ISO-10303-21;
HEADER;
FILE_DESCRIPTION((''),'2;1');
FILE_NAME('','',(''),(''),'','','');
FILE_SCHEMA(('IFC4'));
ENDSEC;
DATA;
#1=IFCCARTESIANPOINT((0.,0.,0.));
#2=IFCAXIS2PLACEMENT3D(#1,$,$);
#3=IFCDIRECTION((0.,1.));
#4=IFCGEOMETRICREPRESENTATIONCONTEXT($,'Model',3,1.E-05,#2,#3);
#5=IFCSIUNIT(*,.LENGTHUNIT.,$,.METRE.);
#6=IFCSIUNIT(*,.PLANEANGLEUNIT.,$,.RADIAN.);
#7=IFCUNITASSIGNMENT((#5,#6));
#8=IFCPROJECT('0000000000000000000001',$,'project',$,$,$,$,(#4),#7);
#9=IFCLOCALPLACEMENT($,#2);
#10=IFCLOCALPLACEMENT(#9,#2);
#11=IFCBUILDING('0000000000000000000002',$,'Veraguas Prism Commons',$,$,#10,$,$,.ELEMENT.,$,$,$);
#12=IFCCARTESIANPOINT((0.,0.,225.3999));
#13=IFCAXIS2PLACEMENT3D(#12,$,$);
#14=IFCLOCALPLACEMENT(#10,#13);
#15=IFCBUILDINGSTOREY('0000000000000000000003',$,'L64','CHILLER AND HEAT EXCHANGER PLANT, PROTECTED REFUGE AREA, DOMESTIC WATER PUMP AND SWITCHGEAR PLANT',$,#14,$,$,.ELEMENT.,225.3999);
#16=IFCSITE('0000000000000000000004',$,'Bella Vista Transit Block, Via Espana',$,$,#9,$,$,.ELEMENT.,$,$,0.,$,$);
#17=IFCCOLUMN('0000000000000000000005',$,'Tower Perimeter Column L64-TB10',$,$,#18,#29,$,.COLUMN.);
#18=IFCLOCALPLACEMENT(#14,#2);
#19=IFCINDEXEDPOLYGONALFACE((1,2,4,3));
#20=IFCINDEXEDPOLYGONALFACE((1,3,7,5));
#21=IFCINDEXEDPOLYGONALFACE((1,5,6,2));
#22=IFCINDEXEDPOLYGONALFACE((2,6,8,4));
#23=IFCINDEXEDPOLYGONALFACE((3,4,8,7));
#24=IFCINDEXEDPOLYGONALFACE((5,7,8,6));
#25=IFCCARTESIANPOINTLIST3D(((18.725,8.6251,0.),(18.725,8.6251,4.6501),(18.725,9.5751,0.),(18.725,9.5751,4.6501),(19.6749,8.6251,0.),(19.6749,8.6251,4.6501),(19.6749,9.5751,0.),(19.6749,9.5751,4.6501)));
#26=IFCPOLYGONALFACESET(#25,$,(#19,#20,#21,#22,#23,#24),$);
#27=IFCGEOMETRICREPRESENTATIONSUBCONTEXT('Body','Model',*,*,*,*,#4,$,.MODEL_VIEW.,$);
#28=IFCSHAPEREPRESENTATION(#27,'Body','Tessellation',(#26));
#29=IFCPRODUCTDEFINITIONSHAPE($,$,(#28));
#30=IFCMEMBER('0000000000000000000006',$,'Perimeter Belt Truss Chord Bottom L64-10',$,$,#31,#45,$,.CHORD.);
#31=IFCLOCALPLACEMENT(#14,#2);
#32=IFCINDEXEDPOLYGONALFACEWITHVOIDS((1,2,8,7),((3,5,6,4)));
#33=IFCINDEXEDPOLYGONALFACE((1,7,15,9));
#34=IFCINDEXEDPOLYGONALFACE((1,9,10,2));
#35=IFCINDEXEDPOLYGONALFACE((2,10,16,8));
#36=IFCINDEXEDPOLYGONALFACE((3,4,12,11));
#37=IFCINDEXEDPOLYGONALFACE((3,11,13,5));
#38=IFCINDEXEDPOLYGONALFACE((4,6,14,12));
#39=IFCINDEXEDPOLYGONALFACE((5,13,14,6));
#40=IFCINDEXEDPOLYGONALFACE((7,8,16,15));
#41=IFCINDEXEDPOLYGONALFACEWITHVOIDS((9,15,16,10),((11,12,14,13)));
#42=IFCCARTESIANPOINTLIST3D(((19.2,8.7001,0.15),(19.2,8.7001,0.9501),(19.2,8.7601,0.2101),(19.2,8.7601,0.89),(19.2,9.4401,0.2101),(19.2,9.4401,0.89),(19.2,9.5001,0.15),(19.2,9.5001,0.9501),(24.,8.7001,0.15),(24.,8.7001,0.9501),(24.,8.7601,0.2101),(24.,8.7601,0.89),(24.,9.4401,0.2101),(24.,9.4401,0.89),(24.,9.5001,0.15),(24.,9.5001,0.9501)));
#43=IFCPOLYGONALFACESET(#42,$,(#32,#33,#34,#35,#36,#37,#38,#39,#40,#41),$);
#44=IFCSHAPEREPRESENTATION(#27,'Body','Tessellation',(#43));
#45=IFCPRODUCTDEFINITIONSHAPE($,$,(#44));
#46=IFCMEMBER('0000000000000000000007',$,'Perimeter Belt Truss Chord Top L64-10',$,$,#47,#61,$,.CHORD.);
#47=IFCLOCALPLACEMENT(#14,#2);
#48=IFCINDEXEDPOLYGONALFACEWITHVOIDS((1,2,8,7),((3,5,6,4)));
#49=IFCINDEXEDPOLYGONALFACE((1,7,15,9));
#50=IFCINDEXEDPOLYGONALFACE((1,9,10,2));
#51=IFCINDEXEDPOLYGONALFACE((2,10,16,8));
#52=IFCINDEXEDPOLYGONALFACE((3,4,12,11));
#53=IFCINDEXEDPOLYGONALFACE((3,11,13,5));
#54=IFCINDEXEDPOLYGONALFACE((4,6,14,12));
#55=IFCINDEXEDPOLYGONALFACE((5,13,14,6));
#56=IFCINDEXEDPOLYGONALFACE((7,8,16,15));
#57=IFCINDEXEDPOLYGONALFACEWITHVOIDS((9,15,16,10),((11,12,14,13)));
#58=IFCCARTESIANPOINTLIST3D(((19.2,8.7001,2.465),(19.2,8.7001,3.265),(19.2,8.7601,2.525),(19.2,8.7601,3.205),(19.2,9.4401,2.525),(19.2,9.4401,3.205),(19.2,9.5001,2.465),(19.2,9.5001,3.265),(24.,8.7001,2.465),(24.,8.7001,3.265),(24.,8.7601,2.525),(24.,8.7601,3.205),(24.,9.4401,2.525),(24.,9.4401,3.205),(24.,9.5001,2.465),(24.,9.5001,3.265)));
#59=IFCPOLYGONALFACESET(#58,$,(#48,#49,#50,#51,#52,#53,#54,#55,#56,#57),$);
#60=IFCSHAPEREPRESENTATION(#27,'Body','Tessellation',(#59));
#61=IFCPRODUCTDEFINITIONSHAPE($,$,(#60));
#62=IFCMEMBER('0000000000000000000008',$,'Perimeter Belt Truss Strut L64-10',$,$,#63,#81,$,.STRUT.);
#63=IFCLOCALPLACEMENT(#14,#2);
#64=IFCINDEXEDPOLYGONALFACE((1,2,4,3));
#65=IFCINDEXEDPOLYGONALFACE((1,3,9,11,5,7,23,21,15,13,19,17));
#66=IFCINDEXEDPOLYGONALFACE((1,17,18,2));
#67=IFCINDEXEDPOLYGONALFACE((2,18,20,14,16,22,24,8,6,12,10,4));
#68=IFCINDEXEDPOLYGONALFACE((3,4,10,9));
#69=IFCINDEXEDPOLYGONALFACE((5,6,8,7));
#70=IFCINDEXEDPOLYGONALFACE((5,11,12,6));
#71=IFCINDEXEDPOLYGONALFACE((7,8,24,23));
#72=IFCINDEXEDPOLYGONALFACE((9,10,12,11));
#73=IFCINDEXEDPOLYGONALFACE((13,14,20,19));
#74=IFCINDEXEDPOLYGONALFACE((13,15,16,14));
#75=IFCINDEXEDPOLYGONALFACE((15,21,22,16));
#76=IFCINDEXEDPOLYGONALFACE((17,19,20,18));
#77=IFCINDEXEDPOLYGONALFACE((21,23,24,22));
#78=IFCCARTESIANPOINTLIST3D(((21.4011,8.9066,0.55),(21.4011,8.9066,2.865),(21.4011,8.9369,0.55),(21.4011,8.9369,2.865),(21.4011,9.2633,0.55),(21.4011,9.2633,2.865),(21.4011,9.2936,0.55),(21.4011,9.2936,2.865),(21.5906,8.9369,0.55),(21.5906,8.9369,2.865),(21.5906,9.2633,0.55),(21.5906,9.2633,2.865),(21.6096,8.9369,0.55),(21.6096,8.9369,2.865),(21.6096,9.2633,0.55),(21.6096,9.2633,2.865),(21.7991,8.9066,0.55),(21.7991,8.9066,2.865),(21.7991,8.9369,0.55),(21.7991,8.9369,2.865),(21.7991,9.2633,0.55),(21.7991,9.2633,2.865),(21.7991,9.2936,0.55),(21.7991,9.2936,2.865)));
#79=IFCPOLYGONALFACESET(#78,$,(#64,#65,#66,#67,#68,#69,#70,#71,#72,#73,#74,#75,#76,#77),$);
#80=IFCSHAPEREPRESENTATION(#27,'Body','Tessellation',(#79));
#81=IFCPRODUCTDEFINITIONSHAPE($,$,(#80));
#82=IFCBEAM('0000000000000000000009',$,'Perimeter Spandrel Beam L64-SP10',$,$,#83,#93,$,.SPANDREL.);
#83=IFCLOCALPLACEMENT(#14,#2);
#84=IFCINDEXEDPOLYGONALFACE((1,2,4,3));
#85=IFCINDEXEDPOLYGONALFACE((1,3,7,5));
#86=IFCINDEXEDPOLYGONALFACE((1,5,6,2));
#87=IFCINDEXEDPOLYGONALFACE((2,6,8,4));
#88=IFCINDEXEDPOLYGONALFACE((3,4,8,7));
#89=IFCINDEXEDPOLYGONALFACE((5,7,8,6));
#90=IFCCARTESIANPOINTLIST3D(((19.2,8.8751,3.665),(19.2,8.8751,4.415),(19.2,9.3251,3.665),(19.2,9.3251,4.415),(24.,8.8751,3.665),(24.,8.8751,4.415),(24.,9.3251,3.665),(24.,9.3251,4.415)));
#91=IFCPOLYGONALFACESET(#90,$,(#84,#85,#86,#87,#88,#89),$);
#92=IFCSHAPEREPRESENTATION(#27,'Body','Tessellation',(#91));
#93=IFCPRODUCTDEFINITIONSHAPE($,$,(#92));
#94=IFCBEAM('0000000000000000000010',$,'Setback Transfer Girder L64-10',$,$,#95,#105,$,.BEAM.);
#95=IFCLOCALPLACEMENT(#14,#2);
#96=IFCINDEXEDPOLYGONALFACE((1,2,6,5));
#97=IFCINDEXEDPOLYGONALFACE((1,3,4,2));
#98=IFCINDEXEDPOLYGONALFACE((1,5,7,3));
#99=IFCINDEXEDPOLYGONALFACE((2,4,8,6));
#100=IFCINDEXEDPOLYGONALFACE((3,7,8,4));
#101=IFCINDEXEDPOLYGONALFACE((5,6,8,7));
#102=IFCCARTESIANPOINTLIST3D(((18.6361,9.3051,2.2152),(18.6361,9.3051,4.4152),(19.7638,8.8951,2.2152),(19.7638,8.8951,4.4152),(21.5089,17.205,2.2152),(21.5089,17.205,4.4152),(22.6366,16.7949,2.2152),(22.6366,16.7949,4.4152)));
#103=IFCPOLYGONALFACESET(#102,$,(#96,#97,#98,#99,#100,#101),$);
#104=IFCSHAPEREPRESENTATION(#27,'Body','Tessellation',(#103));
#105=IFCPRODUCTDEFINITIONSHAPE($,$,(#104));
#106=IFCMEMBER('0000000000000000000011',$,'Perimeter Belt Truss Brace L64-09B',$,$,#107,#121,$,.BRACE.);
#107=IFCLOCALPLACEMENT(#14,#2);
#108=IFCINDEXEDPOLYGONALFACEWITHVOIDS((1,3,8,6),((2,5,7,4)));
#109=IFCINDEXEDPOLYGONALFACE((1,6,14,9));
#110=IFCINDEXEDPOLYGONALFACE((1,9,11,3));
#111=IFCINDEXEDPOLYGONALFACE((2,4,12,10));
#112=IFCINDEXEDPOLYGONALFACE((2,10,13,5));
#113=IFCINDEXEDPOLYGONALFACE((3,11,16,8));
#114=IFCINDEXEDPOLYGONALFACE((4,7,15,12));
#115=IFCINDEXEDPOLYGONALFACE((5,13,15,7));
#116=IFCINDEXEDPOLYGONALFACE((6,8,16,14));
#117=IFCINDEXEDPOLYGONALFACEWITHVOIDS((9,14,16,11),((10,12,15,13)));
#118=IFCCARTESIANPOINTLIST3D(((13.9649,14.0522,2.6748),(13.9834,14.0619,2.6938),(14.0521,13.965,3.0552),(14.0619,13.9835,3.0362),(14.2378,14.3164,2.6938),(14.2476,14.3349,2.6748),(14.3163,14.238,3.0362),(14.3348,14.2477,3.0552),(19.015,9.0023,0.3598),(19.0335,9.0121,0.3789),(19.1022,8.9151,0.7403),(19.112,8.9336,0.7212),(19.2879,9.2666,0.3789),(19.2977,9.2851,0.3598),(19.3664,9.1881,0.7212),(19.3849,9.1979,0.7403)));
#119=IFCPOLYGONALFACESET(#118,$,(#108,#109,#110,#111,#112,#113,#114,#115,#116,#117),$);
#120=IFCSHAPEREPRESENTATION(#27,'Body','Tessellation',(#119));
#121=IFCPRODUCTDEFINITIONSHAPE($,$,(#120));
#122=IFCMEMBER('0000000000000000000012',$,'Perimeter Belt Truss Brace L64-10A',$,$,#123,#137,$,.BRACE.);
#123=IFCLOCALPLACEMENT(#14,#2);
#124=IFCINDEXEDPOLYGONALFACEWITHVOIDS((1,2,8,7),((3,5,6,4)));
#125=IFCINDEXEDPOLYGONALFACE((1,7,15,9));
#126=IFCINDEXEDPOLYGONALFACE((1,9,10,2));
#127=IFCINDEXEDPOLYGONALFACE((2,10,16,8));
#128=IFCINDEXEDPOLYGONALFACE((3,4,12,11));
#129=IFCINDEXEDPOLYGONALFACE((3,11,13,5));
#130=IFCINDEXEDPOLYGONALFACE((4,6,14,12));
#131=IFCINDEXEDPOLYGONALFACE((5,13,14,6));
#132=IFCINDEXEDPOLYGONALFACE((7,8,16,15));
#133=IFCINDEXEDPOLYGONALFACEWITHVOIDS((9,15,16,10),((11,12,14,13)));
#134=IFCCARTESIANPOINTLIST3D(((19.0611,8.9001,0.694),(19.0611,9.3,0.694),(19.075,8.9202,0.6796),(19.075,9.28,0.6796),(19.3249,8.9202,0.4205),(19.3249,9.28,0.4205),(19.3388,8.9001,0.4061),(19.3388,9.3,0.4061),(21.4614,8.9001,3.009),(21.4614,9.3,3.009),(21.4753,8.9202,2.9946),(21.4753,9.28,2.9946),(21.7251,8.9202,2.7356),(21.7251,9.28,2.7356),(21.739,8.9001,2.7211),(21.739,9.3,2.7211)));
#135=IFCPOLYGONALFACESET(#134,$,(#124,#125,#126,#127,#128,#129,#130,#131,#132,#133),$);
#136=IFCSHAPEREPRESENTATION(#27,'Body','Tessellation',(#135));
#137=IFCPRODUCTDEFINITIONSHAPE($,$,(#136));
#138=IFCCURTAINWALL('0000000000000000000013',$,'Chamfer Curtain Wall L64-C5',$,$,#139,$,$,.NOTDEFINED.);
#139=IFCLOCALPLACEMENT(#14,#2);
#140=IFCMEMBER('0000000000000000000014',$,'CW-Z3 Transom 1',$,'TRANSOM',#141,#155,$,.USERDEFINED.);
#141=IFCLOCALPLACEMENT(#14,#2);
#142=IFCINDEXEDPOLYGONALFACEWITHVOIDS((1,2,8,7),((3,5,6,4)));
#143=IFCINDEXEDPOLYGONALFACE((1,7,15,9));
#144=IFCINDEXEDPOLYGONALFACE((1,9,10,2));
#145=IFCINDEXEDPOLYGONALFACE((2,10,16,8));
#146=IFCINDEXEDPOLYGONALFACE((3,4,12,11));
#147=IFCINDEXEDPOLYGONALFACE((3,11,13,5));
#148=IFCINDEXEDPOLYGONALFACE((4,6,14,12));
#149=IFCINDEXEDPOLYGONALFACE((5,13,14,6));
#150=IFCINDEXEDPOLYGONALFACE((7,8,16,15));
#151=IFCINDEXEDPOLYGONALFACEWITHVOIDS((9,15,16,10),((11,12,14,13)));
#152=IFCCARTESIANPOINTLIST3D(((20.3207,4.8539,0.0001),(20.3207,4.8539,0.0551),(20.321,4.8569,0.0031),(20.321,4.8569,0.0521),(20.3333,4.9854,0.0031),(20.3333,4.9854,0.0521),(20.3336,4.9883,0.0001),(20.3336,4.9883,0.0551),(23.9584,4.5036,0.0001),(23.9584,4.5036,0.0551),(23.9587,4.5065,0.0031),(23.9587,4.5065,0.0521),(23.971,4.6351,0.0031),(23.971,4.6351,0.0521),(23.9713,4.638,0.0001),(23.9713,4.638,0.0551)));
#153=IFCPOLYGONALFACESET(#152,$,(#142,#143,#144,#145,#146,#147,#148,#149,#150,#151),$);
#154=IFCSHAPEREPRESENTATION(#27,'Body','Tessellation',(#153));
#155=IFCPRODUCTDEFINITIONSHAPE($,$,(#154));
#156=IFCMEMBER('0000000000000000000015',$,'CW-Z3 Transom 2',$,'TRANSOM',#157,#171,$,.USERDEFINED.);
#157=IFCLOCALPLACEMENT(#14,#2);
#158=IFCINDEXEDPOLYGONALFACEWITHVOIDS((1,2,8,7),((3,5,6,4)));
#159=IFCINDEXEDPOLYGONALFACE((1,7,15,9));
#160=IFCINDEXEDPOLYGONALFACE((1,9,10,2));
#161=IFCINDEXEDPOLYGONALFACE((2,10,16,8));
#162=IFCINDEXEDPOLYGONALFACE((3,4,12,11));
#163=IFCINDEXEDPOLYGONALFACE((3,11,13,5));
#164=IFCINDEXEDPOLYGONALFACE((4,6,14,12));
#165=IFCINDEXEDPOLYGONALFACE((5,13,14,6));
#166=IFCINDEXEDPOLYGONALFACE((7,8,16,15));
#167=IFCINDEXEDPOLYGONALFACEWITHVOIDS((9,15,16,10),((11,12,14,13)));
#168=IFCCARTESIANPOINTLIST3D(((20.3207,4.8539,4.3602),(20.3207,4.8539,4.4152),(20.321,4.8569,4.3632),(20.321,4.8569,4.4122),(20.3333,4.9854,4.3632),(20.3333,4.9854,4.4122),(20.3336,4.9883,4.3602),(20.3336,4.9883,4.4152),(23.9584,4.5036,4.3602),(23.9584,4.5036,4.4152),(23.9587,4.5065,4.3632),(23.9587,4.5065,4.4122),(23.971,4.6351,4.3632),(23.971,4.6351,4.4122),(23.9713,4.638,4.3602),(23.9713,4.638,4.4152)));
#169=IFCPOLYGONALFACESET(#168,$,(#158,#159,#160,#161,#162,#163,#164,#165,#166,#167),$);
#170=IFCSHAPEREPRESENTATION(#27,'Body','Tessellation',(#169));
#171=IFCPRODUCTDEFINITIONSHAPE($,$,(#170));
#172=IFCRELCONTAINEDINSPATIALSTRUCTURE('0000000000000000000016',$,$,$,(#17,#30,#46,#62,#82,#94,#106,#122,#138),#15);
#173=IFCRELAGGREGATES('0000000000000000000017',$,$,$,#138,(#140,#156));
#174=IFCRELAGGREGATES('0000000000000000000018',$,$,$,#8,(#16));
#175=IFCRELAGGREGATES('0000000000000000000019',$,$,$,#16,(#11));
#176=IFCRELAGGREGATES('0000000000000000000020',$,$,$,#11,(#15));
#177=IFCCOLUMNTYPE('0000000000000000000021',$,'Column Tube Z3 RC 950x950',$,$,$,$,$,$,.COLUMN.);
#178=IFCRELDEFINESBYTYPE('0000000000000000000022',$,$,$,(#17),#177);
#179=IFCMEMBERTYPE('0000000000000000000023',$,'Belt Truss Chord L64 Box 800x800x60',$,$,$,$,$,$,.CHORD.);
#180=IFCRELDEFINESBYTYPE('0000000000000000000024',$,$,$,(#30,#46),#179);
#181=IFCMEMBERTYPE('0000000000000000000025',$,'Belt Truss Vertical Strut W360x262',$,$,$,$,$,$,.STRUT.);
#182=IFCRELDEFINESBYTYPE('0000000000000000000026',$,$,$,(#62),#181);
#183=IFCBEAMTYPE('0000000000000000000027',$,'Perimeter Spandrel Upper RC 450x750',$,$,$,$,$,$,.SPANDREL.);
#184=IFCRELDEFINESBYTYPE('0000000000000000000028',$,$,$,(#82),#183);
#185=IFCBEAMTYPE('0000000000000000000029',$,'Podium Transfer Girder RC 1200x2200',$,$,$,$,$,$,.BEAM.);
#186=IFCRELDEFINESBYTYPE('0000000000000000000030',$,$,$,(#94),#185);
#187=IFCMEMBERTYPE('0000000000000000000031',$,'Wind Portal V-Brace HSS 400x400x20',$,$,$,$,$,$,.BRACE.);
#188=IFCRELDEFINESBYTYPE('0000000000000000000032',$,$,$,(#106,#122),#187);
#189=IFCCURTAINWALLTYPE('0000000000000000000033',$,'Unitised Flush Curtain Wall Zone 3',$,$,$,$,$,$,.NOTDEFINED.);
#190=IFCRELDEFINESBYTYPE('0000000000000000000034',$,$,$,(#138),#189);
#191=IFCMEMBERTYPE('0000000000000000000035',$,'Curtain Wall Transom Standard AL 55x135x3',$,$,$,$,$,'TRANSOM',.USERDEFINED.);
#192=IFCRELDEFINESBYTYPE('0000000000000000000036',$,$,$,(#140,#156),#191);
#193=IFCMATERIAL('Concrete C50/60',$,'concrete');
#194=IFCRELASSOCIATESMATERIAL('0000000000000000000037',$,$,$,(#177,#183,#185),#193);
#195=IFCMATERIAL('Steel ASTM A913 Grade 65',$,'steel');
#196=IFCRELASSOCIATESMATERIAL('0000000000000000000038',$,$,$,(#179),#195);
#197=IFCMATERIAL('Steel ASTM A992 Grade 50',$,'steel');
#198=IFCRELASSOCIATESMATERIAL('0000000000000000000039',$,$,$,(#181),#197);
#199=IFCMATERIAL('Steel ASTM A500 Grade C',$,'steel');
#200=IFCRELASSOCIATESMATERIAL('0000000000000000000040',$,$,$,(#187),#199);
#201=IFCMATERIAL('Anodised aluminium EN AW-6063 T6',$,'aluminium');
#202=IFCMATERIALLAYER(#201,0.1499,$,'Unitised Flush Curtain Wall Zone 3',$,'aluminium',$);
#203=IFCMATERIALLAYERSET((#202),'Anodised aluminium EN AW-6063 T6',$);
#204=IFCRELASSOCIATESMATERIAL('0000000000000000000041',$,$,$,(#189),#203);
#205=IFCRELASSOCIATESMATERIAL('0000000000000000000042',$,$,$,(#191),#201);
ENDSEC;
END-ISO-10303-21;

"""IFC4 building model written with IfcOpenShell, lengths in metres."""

from ifc_helpers import new_model, si_unit, direction, frame, origin, origin_2d, place, context, subcontext, project, spatial, rectangle, hollow_rectangle, i_section, extrude, source, transform, mapped, material, layer, layer_set, material_profile, profile_set, type_object, element, aggregate, save


model = new_model("IFC4")

# Units and contexts
model_context = context("Model", 3, precision=1e-05, world=origin(), true_north=direction((0.0, 1.0)))
body_context = subcontext(model_context, "Body", "Model", "MODEL_VIEW")
ifc_project = project(units=[si_unit("LENGTHUNIT", "METRE"), si_unit("PLANEANGLEUNIT", "RADIAN")], contexts=[model_context])

# Site, building, storey
site_placement = place(None, origin())
site = spatial("IfcSite", under=ifc_project, at=site_placement, Name="Bella Vista Transit Block, Via Espana", CompositionType="ELEMENT", RefElevation=0.0)
building_placement = place(site_placement, origin())
building = spatial("IfcBuilding", under=site, at=building_placement, Name="Veraguas Prism Commons", CompositionType="ELEMENT")
storey_placement = place(building_placement, frame((0.0, 0.0, 225.3999)))
storey = spatial("IfcBuildingStorey", under=building, at=storey_placement, Name="L64", Description="CHILLER AND HEAT EXCHANGER PLANT, PROTECTED REFUGE AREA, DOMESTIC WATER PUMP AND SWITCHGEAR PLANT", CompositionType="ELEMENT", Elevation=225.3999)

# Column
ifc_material_1 = material(Name="Concrete C50/60", Category="concrete")
ifc_material_profile_1 = material_profile(ifc_material_1, rectangle(XDim=0.95, YDim=0.95, at=origin_2d()), Name="RC950X950")
ifc_profile_set_1 = profile_set([ifc_material_profile_1], Name="Concrete C50/60")
column_type = type_object("IfcColumnType", Name="Column Tube Z3 RC 950x950", PredefinedType="COLUMN", material=ifc_profile_set_1)
column_placement = place(storey_placement, frame((19.2, 9.1001, 0.0), z_axis=(0.0, 0.0, 1.0), x_axis=(1.0, 0.0, 0.0)))
element("IfcColumn", 1, at=column_placement, inside=storey, type_object=column_type, Name="Tower Perimeter Column L64-TB10", PredefinedType="COLUMN", context=body_context, shape_type="SweptSolid", body=[
    extrude(rectangle(XDim=0.95, YDim=0.95, at=origin_2d()), origin(), (0.0, 0.0, 1.0), 4.6501),
])

# Members
ifc_material_2 = material(Name="Steel ASTM A913 Grade 65", Category="steel")
ifc_material_profile_2 = material_profile(ifc_material_2, hollow_rectangle(XDim=0.8, YDim=0.8, WallThickness=0.0601, at=origin_2d()), Name="BOX800X800X60")
ifc_profile_set_2 = profile_set([ifc_material_profile_2], Name="Steel ASTM A913 Grade 65")
member_type_1 = type_object("IfcMemberType", Name="Belt Truss Chord L64 Box 800x800x60", PredefinedType="CHORD", material=ifc_profile_set_2)
for number, where, z_axis, x_axis, name in (
    (2, (19.2, 9.1001, 0.55), (1.0, 0.0, 0.0), (0.0, 1.0, 0.0), "Perimeter Belt Truss Chord Bottom L64-10"),
    (3, (19.2, 9.1001, 2.865), (1.0, 0.0, 0.0), (0.0, 1.0, 0.0), "Perimeter Belt Truss Chord Top L64-10"),
):
    element("IfcMember", number, at=place(storey_placement, frame(where, z_axis=z_axis, x_axis=x_axis)), inside=storey, type_object=member_type_1, Name=name, PredefinedType="CHORD", context=body_context, shape_type="SweptSolid", body=[
        extrude(hollow_rectangle(XDim=0.8, YDim=0.8, WallThickness=0.0601, at=origin_2d()), origin(), (0.0, 0.0, 1.0), 4.8),
    ])
ifc_material_3 = material(Name="Steel ASTM A992 Grade 50", Category="steel")
ifc_material_profile_3 = material_profile(ifc_material_3, i_section(OverallWidth=0.3979, OverallDepth=0.387, WebThickness=0.019, FlangeThickness=0.0303, at=origin_2d()), Name="W360X262")
ifc_profile_set_3 = profile_set([ifc_material_profile_3], Name="Steel ASTM A992 Grade 50")
member_type_2 = type_object("IfcMemberType", Name="Belt Truss Vertical Strut W360x262", PredefinedType="STRUT", material=ifc_profile_set_3)
member_1_placement = place(storey_placement, frame((21.6001, 9.1001, 0.55), z_axis=(0.0, 0.0, 1.0), x_axis=(1.0, 0.0, 0.0)))
element("IfcMember", 4, at=member_1_placement, inside=storey, type_object=member_type_2, Name="Perimeter Belt Truss Strut L64-10", PredefinedType="STRUT", context=body_context, shape_type="SweptSolid", body=[
    extrude(i_section(OverallWidth=0.3979, OverallDepth=0.387, WebThickness=0.019, FlangeThickness=0.0303, at=origin_2d()), origin(), (0.0, 0.0, 1.0), 2.3149),
])

# Beams
ifc_material_profile_4 = material_profile(ifc_material_1, rectangle(XDim=0.45, YDim=0.75, at=origin_2d()), Name="RC450X750")
ifc_profile_set_4 = profile_set([ifc_material_profile_4], Name="Concrete C50/60")
beam_type_1 = type_object("IfcBeamType", Name="Perimeter Spandrel Upper RC 450x750", PredefinedType="SPANDREL", material=ifc_profile_set_4)
beam_1_placement = place(storey_placement, frame((19.2, 9.1001, 4.04), z_axis=(1.0, 0.0, 0.0), x_axis=(0.0, 1.0, 0.0)))
element("IfcBeam", 5, at=beam_1_placement, inside=storey, type_object=beam_type_1, Name="Perimeter Spandrel Beam L64-SP10", PredefinedType="SPANDREL", context=body_context, shape_type="SweptSolid", body=[
    extrude(rectangle(XDim=0.45, YDim=0.75, at=origin_2d()), origin(), (0.0, 0.0, 1.0), 4.8),
])
ifc_material_profile_5 = material_profile(ifc_material_1, rectangle(XDim=1.2, YDim=2.2, at=origin_2d()), Name="RC1200X2200")
ifc_profile_set_5 = profile_set([ifc_material_profile_5], Name="Concrete C50/60")
beam_type_2 = type_object("IfcBeamType", Name="Podium Transfer Girder RC 1200x2200", PredefinedType="BEAM", material=ifc_profile_set_5)
beam_2_placement = place(storey_placement, frame((19.2, 9.1001, 3.3152), z_axis=(0.341755, 0.939789, 0.0), x_axis=(-0.939789, 0.341755, 0.0)))
element("IfcBeam", 6, at=beam_2_placement, inside=storey, type_object=beam_type_2, Name="Setback Transfer Girder L64-10", PredefinedType="BEAM", context=body_context, shape_type="SweptSolid", body=[
    extrude(rectangle(XDim=1.2, YDim=2.2, at=origin_2d()), origin(), (0.0, 0.0, 1.0), 8.406),
])

# Members
ifc_material_4 = material(Name="Steel ASTM A500 Grade C", Category="steel")
ifc_material_profile_6 = material_profile(ifc_material_4, hollow_rectangle(XDim=0.3999, YDim=0.3999, WallThickness=0.02, at=origin_2d()), Name="HSS400X400X20")
ifc_profile_set_6 = profile_set([ifc_material_profile_6], Name="Steel ASTM A500 Grade C")
member_type_3 = type_object("IfcMemberType", Name="Wind Portal V-Brace HSS 400x400x20", PredefinedType="BRACE", material=ifc_profile_set_6)
member_2_placement = place(storey_placement, frame((19.2, 9.1001, 0.55), z_axis=(-0.672668, 0.672635, 0.308351), x_axis=(-0.70709, -0.707124, 0.0)))
element("IfcMember", 7, at=member_2_placement, inside=storey, type_object=member_type_3, Name="Perimeter Belt Truss Brace L64-09B", PredefinedType="BRACE", context=body_context, shape_type="SweptSolid", body=[
    extrude(hollow_rectangle(XDim=0.3999, YDim=0.3999, WallThickness=0.02, at=origin_2d()), origin(), (0.0, 0.0, 1.0), 7.5076),
])
member_3_placement = place(storey_placement, frame((19.2, 9.1001, 0.55), z_axis=(0.719767, 0.0, 0.694216), x_axis=(0.0, 1.0, 0.0)))
element("IfcMember", 8, at=member_3_placement, inside=storey, type_object=member_type_3, Name="Perimeter Belt Truss Brace L64-10A", PredefinedType="BRACE", context=body_context, shape_type="SweptSolid", body=[
    extrude(hollow_rectangle(XDim=0.3999, YDim=0.3999, WallThickness=0.02, at=origin_2d()), origin(), (0.0, 0.0, 1.0), 3.3347),
])

# Curtain wall, members
ifc_material_5 = material(Name="Anodised aluminium EN AW-6063 T6", Category="aluminium")
ifc_layer_1 = layer(ifc_material_5, 0.1499, Name="Unitised Flush Curtain Wall Zone 3", Category="aluminium")
ifc_layer_set_1 = layer_set([ifc_layer_1], Name="Anodised aluminium EN AW-6063 T6")
curtain_wall_type = type_object("IfcCurtainWallType", Name="Unitised Flush Curtain Wall Zone 3", PredefinedType="NOTDEFINED", material=ifc_layer_set_1)
curtain_wall_1_placement = place(storey_placement, origin())
curtain_wall_1 = element("IfcCurtainWall", 9, at=curtain_wall_1_placement, inside=storey, type_object=curtain_wall_type, Name="Chamfer Curtain Wall L64-C5", PredefinedType="NOTDEFINED")
ifc_material_profile_7 = material_profile(ifc_material_5, hollow_rectangle(XDim=0.0549, YDim=0.135, WallThickness=0.0029, at=origin_2d()), Name="AL55X135X3")
ifc_profile_set_7 = profile_set([ifc_material_profile_7], Name="Anodised aluminium EN AW-6063 T6")
member_type_4 = type_object("IfcMemberType", Name="Curtain Wall Transom Standard AL 55x135x3", ElementType="TRANSOM", PredefinedType="USERDEFINED", material=ifc_profile_set_7)
shared_shape_1 = source(origin(), body_context, "Body", "SweptSolid", [
    extrude(hollow_rectangle(XDim=0.0549, YDim=0.135, WallThickness=0.0029, at=origin_2d()), origin(), (0.0, 0.0, 1.0), 3.6545),
])
member_4_placement = place(storey_placement, frame((20.3271, 4.9211, 0.0276), z_axis=(0.995394, -0.095865, 0.0), x_axis=(0.0, 0.0, 1.0)))
member_4 = element("IfcMember", 10, at=member_4_placement, type_object=member_type_4, Name="CW-Z3 Transom 1", ObjectType="TRANSOM", PredefinedType="USERDEFINED", context=body_context, shape_type="MappedRepresentation", body=[
    mapped(shared_shape_1, transform((0.0, 0.0, 0.0), scale=1.0)),
])
member_5_placement = place(storey_placement, frame((20.3271, 4.9211, 4.3877), z_axis=(0.995394, -0.095865, 0.0), x_axis=(0.0, 0.0, 1.0)))
member_5 = element("IfcMember", 11, at=member_5_placement, type_object=member_type_4, Name="CW-Z3 Transom 2", ObjectType="TRANSOM", PredefinedType="USERDEFINED", context=body_context, shape_type="MappedRepresentation", body=[
    mapped(shared_shape_1, transform((0.0, 0.0, 0.0), scale=1.0)),
])

aggregate(curtain_wall_1, [member_4, member_5])

save(model, "model.ifc")
